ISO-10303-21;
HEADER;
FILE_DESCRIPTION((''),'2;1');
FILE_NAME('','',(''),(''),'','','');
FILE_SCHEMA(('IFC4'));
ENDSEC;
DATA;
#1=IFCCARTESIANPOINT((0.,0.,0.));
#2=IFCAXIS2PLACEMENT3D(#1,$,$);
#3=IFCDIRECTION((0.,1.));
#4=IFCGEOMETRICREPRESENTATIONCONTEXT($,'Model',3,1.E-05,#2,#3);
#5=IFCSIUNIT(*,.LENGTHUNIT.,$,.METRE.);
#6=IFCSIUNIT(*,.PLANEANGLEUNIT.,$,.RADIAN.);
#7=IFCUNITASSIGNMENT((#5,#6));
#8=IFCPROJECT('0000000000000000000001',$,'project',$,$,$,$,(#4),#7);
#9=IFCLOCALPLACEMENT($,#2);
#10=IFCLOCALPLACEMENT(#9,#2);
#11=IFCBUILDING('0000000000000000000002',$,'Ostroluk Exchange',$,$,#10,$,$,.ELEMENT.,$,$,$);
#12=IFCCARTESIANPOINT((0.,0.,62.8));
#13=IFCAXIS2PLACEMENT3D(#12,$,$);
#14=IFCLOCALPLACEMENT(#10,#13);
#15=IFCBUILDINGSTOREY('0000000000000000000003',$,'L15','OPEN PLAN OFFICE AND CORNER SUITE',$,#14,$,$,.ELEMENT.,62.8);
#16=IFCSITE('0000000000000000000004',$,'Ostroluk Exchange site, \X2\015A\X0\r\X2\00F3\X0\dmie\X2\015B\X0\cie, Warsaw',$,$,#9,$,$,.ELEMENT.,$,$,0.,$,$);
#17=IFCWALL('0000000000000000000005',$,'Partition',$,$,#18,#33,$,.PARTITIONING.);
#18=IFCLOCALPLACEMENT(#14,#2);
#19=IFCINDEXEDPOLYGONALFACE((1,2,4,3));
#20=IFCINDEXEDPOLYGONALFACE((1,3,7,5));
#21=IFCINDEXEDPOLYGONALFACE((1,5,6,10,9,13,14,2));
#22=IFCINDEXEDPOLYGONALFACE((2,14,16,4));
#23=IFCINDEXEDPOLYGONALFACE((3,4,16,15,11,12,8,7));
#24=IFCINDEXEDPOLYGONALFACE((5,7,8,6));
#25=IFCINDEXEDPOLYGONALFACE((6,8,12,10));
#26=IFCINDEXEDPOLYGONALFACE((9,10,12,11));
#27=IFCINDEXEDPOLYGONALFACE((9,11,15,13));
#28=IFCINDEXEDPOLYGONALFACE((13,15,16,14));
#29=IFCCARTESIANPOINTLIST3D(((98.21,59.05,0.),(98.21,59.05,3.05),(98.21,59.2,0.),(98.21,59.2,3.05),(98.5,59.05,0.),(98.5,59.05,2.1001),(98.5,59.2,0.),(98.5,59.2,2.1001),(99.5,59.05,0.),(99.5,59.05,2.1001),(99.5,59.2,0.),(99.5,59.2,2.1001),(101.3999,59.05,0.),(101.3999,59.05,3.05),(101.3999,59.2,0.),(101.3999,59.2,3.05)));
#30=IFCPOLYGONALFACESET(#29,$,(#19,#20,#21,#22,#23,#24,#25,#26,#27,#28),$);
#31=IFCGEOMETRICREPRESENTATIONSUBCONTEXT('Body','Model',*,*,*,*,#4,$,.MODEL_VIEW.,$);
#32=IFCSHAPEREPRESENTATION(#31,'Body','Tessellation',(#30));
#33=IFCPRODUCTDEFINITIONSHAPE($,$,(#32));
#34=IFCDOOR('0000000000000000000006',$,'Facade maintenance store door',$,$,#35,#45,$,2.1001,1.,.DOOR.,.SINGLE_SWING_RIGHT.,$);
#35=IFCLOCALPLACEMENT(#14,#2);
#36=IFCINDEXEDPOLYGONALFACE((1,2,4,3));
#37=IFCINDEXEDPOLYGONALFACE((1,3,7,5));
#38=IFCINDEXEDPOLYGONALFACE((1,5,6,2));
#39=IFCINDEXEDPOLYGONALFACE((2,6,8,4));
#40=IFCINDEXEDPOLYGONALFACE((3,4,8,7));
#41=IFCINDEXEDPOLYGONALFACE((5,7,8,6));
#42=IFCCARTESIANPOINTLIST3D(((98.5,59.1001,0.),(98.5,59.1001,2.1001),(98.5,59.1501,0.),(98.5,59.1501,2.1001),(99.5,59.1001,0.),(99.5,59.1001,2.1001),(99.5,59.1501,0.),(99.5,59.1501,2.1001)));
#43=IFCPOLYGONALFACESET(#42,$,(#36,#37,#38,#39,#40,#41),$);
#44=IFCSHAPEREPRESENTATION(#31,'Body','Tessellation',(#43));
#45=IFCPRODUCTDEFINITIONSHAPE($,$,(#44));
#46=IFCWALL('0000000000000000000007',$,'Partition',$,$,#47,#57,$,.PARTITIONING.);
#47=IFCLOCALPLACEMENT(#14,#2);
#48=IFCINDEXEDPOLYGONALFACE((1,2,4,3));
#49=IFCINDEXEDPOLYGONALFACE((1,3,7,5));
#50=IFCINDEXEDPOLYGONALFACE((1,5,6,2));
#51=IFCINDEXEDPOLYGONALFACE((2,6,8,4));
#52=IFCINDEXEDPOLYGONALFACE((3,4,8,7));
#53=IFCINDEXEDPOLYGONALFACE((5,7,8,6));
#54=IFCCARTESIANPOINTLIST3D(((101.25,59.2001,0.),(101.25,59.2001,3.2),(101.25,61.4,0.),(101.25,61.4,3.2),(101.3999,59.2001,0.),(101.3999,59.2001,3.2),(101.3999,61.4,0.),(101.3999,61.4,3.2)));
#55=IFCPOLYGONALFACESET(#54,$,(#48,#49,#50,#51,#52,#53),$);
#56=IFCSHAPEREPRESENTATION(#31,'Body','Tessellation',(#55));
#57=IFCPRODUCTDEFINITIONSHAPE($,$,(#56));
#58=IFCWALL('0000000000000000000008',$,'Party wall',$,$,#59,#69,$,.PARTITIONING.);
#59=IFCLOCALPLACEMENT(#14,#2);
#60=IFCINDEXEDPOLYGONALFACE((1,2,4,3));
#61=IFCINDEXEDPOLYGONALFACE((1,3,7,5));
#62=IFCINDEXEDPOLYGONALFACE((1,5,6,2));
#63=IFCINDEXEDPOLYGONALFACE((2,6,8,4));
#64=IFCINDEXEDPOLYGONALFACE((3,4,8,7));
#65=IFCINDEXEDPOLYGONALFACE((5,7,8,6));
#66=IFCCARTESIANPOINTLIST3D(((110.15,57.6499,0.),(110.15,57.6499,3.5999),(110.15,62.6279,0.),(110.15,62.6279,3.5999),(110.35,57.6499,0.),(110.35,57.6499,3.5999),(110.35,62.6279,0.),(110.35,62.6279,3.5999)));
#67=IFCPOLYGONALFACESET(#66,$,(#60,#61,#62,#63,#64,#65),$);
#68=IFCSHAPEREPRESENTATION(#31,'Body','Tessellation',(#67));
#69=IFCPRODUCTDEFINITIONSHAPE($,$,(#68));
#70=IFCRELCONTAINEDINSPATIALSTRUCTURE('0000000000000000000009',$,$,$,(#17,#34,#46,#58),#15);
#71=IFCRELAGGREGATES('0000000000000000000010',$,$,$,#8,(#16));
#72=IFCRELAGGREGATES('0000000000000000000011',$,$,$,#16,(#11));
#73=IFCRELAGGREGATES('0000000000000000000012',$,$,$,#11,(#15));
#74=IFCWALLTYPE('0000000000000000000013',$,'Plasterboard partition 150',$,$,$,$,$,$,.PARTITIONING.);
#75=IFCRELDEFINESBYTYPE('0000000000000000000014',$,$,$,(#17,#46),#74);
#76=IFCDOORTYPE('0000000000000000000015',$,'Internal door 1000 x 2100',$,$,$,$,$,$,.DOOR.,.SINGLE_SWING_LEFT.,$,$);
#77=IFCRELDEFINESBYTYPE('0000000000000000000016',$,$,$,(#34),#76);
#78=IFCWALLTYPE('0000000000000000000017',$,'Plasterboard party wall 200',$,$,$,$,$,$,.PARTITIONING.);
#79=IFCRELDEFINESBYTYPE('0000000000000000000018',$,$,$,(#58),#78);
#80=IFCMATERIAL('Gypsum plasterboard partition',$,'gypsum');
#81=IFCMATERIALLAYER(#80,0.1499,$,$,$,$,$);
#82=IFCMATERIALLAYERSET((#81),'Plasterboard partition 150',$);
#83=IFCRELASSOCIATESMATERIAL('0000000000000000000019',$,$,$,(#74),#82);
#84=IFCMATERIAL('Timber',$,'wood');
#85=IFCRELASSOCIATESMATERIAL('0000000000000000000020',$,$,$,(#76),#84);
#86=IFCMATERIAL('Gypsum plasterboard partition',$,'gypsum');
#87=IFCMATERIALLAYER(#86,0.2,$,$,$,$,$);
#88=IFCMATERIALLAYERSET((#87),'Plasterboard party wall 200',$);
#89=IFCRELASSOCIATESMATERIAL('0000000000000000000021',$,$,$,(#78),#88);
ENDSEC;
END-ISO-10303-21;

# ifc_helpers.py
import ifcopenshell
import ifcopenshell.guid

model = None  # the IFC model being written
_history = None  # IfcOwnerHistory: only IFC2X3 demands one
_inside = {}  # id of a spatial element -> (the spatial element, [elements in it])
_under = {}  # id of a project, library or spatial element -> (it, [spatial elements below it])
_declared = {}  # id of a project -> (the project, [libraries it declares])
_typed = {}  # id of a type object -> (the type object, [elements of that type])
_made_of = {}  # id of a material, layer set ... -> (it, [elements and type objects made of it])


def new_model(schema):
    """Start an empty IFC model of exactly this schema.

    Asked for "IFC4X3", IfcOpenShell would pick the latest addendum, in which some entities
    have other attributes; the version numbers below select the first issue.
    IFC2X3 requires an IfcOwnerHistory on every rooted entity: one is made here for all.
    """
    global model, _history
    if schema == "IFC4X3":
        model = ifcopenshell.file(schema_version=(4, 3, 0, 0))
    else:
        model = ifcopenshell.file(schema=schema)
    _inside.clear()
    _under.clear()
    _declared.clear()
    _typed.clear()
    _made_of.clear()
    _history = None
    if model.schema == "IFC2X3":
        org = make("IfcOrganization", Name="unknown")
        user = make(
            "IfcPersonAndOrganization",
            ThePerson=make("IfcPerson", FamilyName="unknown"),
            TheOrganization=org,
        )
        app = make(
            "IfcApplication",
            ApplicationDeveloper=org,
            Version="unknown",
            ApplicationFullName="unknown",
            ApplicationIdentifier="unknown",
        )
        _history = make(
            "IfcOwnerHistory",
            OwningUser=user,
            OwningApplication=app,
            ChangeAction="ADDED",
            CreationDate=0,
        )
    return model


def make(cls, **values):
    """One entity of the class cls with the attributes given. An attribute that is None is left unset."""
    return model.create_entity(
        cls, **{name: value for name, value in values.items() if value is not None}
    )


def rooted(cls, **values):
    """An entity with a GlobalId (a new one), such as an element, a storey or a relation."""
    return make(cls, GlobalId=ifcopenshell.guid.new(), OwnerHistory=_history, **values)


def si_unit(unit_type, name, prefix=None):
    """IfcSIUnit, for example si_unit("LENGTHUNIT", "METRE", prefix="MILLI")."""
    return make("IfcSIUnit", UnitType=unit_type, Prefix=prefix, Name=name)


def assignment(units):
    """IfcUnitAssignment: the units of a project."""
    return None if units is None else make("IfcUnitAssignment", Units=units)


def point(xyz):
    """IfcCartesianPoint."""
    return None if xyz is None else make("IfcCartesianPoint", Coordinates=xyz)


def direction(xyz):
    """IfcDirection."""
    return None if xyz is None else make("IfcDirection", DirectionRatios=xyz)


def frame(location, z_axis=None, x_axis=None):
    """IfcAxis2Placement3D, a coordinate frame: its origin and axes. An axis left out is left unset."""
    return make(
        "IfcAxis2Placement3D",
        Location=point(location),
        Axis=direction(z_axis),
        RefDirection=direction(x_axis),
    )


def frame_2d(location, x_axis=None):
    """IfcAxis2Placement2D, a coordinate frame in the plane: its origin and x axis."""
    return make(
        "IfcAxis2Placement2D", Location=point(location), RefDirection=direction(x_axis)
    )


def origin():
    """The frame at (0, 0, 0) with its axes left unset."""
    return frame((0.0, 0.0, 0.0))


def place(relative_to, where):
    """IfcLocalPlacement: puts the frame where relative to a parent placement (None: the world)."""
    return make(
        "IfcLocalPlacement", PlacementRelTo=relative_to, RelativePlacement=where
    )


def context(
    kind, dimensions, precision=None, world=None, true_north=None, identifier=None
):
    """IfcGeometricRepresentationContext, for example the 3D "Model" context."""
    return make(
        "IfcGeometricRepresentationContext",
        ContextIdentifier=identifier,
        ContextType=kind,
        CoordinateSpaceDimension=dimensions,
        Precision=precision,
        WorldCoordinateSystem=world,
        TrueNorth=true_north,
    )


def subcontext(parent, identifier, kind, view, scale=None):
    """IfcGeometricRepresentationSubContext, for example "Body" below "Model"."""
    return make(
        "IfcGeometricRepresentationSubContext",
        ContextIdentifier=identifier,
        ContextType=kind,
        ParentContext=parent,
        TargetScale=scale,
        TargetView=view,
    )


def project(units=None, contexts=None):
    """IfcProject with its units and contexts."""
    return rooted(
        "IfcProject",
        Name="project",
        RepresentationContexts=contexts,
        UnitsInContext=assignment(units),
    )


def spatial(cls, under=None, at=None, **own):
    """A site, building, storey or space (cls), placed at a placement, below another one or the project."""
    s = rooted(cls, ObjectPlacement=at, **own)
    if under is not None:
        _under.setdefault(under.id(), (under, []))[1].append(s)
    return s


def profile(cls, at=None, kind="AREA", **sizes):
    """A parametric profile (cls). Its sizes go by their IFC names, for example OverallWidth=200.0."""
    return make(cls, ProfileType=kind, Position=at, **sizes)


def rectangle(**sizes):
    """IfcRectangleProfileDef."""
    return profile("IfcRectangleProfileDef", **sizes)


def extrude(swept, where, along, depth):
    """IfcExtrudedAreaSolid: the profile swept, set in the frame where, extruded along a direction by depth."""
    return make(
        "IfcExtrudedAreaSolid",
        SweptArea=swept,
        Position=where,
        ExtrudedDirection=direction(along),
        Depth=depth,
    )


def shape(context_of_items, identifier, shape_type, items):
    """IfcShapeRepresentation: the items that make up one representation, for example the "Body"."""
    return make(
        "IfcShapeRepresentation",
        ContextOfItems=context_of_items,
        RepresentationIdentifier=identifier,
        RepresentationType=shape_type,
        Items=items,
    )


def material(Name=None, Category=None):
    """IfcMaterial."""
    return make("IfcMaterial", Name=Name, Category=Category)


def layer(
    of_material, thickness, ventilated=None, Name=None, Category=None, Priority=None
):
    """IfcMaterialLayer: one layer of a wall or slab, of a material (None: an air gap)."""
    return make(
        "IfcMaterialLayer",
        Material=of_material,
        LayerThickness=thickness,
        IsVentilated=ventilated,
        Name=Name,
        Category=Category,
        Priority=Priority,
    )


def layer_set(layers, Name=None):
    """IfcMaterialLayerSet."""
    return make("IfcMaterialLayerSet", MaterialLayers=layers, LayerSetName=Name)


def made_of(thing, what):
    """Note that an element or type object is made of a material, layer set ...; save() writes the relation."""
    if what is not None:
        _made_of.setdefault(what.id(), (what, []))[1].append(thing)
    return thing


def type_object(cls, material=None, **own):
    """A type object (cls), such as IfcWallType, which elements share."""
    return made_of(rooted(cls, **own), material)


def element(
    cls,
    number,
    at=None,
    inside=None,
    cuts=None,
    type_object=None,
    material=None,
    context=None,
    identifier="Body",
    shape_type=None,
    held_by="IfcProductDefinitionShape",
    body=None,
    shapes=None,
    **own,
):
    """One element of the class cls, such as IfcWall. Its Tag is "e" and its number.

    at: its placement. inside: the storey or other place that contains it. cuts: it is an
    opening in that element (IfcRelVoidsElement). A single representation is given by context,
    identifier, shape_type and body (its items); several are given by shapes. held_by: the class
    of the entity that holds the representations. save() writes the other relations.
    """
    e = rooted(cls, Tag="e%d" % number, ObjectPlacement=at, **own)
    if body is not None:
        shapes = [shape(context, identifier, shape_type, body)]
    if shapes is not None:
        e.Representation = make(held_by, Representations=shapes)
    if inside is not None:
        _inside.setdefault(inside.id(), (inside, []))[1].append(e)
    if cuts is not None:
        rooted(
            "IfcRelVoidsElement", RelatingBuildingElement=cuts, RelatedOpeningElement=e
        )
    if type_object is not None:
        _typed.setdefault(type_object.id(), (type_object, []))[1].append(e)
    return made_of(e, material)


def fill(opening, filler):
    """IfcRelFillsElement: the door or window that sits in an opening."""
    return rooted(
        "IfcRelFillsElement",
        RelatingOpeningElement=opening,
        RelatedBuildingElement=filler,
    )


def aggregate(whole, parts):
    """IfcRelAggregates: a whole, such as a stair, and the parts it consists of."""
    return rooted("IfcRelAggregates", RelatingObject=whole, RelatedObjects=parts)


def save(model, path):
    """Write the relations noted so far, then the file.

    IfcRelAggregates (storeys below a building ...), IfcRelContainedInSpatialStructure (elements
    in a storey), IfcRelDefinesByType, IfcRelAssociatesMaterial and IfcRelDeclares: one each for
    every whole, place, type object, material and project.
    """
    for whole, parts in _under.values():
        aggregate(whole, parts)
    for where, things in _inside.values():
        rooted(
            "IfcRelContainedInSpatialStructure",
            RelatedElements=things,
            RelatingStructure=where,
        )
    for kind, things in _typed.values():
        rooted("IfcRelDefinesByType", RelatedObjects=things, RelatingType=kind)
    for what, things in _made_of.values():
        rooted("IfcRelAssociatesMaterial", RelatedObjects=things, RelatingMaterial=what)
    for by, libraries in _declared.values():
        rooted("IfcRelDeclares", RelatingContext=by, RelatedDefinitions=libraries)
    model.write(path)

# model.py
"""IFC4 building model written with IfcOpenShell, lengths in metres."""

from ifc_helpers import new_model, si_unit, direction, frame, frame_2d, origin, place, context, subcontext, project, spatial, rectangle, extrude, material, layer, layer_set, type_object, element, fill, save


model = new_model("IFC4")

# Units and contexts
model_context = context("Model", 3, precision=1e-05, world=origin(), true_north=direction((0.0, 1.0)))
body_context = subcontext(model_context, "Body", "Model", "MODEL_VIEW")
ifc_project = project(units=[si_unit("LENGTHUNIT", "METRE"), si_unit("PLANEANGLEUNIT", "RADIAN")], contexts=[model_context])

# Site, building, storey
site_placement = place(None, origin())
site = spatial("IfcSite", under=ifc_project, at=site_placement, Name="Ostroluk Exchange site, Śródmieście, Warsaw", CompositionType="ELEMENT", RefElevation=0.0)
building_placement = place(site_placement, origin())
building = spatial("IfcBuilding", under=site, at=building_placement, Name="Ostroluk Exchange", CompositionType="ELEMENT")
storey_placement = place(building_placement, frame((0.0, 0.0, 62.8)))
storey = spatial("IfcBuildingStorey", under=building, at=storey_placement, Name="L15", Description="OPEN PLAN OFFICE AND CORNER SUITE", CompositionType="ELEMENT", Elevation=62.8)

# Shared definitions
ifc_material_1 = material(Name="Gypsum plasterboard partition", Category="gypsum")
ifc_layer_1 = layer(ifc_material_1, 0.1499)
ifc_layer_set_1 = layer_set([ifc_layer_1], Name="Plasterboard partition 150")
wall_type_1 = type_object("IfcWallType", Name="Plasterboard partition 150", PredefinedType="PARTITIONING", material=ifc_layer_set_1)
ifc_material_2 = material(Name="Timber", Category="wood")
door_type_1 = type_object("IfcDoorType", Name="Internal door 1000 x 2100", OperationType="SINGLE_SWING_LEFT", PredefinedType="DOOR", material=ifc_material_2)

# Wall, opening, door
wall_1_placement = place(storey_placement, frame((101.3999, 59.125, 0.0), z_axis=(0.0, 0.0, 1.0), x_axis=(-1.0, 0.0, 0.0)))
wall_1 = element("IfcWall", 1, at=wall_1_placement, inside=storey, type_object=wall_type_1, Name="Partition", PredefinedType="PARTITIONING", context=body_context, shape_type="SweptSolid", body=[
    extrude(rectangle(XDim=3.1899, YDim=0.1499, at=frame_2d((1.595, 0.0))), origin(), (0.0, 0.0, 1.0), 3.05),
])
opening_1_placement = place(wall_1_placement, frame((1.8999, 0.0, 0.0)))
opening_1 = element("IfcOpeningElement", 2, at=opening_1_placement, cuts=wall_1, PredefinedType="OPENING", context=body_context, shape_type="SweptSolid", body=[
    extrude(rectangle(XDim=1.0, YDim=2.1001, at=frame_2d((0.5, 1.05))), frame((0.0, 0.085, 0.0), z_axis=(0.0, -1.0, 0.0), x_axis=(1.0, 0.0, 0.0)), (0.0, 0.0, 1.0), 0.1699),
])
door_1_placement = place(opening_1_placement, origin())
door_1 = element("IfcDoor", 3, at=door_1_placement, inside=storey, type_object=door_type_1, Name="Facade maintenance store door", OperationType="SINGLE_SWING_RIGHT", OverallHeight=2.1001, OverallWidth=1.0, PredefinedType="DOOR", context=body_context, shape_type="SweptSolid", body=[
    extrude(rectangle(XDim=1.0, YDim=2.1001, at=frame_2d((0.5, 1.05))), frame((0.0, 0.0249, 0.0), z_axis=(0.0, -1.0, 0.0), x_axis=(1.0, 0.0, 0.0)), (0.0, 0.0, 1.0), 0.05),
])
fill(opening_1, door_1)

# Walls
wall_2_placement = place(storey_placement, frame((101.325, 59.2, 0.0), z_axis=(0.0, 0.0, 1.0), x_axis=(0.0, 1.0, 0.0)))
element("IfcWall", 4, at=wall_2_placement, inside=storey, type_object=wall_type_1, Name="Partition", PredefinedType="PARTITIONING", context=body_context, shape_type="SweptSolid", body=[
    extrude(rectangle(XDim=2.2, YDim=0.1499, at=frame_2d((1.1001, 0.0))), origin(), (0.0, 0.0, 1.0), 3.2),
])
ifc_material_3 = material(Name="Gypsum plasterboard partition", Category="gypsum")
ifc_layer_2 = layer(ifc_material_3, 0.2)
ifc_layer_set_2 = layer_set([ifc_layer_2], Name="Plasterboard party wall 200")
wall_type_2 = type_object("IfcWallType", Name="Plasterboard party wall 200", PredefinedType="PARTITIONING", material=ifc_layer_set_2)
wall_3_placement = place(storey_placement, frame((110.25, 57.6499, 0.0), z_axis=(0.0, 0.0, 1.0), x_axis=(0.0, 1.0, 0.0)))
element("IfcWall", 5, at=wall_3_placement, inside=storey, type_object=wall_type_2, Name="Party wall", PredefinedType="PARTITIONING", context=body_context, shape_type="SweptSolid", body=[
    extrude(rectangle(XDim=4.978, YDim=0.2, at=frame_2d((2.489, 0.0))), origin(), (0.0, 0.0, 1.0), 3.5999),
])

save(model, "model.ifc")
